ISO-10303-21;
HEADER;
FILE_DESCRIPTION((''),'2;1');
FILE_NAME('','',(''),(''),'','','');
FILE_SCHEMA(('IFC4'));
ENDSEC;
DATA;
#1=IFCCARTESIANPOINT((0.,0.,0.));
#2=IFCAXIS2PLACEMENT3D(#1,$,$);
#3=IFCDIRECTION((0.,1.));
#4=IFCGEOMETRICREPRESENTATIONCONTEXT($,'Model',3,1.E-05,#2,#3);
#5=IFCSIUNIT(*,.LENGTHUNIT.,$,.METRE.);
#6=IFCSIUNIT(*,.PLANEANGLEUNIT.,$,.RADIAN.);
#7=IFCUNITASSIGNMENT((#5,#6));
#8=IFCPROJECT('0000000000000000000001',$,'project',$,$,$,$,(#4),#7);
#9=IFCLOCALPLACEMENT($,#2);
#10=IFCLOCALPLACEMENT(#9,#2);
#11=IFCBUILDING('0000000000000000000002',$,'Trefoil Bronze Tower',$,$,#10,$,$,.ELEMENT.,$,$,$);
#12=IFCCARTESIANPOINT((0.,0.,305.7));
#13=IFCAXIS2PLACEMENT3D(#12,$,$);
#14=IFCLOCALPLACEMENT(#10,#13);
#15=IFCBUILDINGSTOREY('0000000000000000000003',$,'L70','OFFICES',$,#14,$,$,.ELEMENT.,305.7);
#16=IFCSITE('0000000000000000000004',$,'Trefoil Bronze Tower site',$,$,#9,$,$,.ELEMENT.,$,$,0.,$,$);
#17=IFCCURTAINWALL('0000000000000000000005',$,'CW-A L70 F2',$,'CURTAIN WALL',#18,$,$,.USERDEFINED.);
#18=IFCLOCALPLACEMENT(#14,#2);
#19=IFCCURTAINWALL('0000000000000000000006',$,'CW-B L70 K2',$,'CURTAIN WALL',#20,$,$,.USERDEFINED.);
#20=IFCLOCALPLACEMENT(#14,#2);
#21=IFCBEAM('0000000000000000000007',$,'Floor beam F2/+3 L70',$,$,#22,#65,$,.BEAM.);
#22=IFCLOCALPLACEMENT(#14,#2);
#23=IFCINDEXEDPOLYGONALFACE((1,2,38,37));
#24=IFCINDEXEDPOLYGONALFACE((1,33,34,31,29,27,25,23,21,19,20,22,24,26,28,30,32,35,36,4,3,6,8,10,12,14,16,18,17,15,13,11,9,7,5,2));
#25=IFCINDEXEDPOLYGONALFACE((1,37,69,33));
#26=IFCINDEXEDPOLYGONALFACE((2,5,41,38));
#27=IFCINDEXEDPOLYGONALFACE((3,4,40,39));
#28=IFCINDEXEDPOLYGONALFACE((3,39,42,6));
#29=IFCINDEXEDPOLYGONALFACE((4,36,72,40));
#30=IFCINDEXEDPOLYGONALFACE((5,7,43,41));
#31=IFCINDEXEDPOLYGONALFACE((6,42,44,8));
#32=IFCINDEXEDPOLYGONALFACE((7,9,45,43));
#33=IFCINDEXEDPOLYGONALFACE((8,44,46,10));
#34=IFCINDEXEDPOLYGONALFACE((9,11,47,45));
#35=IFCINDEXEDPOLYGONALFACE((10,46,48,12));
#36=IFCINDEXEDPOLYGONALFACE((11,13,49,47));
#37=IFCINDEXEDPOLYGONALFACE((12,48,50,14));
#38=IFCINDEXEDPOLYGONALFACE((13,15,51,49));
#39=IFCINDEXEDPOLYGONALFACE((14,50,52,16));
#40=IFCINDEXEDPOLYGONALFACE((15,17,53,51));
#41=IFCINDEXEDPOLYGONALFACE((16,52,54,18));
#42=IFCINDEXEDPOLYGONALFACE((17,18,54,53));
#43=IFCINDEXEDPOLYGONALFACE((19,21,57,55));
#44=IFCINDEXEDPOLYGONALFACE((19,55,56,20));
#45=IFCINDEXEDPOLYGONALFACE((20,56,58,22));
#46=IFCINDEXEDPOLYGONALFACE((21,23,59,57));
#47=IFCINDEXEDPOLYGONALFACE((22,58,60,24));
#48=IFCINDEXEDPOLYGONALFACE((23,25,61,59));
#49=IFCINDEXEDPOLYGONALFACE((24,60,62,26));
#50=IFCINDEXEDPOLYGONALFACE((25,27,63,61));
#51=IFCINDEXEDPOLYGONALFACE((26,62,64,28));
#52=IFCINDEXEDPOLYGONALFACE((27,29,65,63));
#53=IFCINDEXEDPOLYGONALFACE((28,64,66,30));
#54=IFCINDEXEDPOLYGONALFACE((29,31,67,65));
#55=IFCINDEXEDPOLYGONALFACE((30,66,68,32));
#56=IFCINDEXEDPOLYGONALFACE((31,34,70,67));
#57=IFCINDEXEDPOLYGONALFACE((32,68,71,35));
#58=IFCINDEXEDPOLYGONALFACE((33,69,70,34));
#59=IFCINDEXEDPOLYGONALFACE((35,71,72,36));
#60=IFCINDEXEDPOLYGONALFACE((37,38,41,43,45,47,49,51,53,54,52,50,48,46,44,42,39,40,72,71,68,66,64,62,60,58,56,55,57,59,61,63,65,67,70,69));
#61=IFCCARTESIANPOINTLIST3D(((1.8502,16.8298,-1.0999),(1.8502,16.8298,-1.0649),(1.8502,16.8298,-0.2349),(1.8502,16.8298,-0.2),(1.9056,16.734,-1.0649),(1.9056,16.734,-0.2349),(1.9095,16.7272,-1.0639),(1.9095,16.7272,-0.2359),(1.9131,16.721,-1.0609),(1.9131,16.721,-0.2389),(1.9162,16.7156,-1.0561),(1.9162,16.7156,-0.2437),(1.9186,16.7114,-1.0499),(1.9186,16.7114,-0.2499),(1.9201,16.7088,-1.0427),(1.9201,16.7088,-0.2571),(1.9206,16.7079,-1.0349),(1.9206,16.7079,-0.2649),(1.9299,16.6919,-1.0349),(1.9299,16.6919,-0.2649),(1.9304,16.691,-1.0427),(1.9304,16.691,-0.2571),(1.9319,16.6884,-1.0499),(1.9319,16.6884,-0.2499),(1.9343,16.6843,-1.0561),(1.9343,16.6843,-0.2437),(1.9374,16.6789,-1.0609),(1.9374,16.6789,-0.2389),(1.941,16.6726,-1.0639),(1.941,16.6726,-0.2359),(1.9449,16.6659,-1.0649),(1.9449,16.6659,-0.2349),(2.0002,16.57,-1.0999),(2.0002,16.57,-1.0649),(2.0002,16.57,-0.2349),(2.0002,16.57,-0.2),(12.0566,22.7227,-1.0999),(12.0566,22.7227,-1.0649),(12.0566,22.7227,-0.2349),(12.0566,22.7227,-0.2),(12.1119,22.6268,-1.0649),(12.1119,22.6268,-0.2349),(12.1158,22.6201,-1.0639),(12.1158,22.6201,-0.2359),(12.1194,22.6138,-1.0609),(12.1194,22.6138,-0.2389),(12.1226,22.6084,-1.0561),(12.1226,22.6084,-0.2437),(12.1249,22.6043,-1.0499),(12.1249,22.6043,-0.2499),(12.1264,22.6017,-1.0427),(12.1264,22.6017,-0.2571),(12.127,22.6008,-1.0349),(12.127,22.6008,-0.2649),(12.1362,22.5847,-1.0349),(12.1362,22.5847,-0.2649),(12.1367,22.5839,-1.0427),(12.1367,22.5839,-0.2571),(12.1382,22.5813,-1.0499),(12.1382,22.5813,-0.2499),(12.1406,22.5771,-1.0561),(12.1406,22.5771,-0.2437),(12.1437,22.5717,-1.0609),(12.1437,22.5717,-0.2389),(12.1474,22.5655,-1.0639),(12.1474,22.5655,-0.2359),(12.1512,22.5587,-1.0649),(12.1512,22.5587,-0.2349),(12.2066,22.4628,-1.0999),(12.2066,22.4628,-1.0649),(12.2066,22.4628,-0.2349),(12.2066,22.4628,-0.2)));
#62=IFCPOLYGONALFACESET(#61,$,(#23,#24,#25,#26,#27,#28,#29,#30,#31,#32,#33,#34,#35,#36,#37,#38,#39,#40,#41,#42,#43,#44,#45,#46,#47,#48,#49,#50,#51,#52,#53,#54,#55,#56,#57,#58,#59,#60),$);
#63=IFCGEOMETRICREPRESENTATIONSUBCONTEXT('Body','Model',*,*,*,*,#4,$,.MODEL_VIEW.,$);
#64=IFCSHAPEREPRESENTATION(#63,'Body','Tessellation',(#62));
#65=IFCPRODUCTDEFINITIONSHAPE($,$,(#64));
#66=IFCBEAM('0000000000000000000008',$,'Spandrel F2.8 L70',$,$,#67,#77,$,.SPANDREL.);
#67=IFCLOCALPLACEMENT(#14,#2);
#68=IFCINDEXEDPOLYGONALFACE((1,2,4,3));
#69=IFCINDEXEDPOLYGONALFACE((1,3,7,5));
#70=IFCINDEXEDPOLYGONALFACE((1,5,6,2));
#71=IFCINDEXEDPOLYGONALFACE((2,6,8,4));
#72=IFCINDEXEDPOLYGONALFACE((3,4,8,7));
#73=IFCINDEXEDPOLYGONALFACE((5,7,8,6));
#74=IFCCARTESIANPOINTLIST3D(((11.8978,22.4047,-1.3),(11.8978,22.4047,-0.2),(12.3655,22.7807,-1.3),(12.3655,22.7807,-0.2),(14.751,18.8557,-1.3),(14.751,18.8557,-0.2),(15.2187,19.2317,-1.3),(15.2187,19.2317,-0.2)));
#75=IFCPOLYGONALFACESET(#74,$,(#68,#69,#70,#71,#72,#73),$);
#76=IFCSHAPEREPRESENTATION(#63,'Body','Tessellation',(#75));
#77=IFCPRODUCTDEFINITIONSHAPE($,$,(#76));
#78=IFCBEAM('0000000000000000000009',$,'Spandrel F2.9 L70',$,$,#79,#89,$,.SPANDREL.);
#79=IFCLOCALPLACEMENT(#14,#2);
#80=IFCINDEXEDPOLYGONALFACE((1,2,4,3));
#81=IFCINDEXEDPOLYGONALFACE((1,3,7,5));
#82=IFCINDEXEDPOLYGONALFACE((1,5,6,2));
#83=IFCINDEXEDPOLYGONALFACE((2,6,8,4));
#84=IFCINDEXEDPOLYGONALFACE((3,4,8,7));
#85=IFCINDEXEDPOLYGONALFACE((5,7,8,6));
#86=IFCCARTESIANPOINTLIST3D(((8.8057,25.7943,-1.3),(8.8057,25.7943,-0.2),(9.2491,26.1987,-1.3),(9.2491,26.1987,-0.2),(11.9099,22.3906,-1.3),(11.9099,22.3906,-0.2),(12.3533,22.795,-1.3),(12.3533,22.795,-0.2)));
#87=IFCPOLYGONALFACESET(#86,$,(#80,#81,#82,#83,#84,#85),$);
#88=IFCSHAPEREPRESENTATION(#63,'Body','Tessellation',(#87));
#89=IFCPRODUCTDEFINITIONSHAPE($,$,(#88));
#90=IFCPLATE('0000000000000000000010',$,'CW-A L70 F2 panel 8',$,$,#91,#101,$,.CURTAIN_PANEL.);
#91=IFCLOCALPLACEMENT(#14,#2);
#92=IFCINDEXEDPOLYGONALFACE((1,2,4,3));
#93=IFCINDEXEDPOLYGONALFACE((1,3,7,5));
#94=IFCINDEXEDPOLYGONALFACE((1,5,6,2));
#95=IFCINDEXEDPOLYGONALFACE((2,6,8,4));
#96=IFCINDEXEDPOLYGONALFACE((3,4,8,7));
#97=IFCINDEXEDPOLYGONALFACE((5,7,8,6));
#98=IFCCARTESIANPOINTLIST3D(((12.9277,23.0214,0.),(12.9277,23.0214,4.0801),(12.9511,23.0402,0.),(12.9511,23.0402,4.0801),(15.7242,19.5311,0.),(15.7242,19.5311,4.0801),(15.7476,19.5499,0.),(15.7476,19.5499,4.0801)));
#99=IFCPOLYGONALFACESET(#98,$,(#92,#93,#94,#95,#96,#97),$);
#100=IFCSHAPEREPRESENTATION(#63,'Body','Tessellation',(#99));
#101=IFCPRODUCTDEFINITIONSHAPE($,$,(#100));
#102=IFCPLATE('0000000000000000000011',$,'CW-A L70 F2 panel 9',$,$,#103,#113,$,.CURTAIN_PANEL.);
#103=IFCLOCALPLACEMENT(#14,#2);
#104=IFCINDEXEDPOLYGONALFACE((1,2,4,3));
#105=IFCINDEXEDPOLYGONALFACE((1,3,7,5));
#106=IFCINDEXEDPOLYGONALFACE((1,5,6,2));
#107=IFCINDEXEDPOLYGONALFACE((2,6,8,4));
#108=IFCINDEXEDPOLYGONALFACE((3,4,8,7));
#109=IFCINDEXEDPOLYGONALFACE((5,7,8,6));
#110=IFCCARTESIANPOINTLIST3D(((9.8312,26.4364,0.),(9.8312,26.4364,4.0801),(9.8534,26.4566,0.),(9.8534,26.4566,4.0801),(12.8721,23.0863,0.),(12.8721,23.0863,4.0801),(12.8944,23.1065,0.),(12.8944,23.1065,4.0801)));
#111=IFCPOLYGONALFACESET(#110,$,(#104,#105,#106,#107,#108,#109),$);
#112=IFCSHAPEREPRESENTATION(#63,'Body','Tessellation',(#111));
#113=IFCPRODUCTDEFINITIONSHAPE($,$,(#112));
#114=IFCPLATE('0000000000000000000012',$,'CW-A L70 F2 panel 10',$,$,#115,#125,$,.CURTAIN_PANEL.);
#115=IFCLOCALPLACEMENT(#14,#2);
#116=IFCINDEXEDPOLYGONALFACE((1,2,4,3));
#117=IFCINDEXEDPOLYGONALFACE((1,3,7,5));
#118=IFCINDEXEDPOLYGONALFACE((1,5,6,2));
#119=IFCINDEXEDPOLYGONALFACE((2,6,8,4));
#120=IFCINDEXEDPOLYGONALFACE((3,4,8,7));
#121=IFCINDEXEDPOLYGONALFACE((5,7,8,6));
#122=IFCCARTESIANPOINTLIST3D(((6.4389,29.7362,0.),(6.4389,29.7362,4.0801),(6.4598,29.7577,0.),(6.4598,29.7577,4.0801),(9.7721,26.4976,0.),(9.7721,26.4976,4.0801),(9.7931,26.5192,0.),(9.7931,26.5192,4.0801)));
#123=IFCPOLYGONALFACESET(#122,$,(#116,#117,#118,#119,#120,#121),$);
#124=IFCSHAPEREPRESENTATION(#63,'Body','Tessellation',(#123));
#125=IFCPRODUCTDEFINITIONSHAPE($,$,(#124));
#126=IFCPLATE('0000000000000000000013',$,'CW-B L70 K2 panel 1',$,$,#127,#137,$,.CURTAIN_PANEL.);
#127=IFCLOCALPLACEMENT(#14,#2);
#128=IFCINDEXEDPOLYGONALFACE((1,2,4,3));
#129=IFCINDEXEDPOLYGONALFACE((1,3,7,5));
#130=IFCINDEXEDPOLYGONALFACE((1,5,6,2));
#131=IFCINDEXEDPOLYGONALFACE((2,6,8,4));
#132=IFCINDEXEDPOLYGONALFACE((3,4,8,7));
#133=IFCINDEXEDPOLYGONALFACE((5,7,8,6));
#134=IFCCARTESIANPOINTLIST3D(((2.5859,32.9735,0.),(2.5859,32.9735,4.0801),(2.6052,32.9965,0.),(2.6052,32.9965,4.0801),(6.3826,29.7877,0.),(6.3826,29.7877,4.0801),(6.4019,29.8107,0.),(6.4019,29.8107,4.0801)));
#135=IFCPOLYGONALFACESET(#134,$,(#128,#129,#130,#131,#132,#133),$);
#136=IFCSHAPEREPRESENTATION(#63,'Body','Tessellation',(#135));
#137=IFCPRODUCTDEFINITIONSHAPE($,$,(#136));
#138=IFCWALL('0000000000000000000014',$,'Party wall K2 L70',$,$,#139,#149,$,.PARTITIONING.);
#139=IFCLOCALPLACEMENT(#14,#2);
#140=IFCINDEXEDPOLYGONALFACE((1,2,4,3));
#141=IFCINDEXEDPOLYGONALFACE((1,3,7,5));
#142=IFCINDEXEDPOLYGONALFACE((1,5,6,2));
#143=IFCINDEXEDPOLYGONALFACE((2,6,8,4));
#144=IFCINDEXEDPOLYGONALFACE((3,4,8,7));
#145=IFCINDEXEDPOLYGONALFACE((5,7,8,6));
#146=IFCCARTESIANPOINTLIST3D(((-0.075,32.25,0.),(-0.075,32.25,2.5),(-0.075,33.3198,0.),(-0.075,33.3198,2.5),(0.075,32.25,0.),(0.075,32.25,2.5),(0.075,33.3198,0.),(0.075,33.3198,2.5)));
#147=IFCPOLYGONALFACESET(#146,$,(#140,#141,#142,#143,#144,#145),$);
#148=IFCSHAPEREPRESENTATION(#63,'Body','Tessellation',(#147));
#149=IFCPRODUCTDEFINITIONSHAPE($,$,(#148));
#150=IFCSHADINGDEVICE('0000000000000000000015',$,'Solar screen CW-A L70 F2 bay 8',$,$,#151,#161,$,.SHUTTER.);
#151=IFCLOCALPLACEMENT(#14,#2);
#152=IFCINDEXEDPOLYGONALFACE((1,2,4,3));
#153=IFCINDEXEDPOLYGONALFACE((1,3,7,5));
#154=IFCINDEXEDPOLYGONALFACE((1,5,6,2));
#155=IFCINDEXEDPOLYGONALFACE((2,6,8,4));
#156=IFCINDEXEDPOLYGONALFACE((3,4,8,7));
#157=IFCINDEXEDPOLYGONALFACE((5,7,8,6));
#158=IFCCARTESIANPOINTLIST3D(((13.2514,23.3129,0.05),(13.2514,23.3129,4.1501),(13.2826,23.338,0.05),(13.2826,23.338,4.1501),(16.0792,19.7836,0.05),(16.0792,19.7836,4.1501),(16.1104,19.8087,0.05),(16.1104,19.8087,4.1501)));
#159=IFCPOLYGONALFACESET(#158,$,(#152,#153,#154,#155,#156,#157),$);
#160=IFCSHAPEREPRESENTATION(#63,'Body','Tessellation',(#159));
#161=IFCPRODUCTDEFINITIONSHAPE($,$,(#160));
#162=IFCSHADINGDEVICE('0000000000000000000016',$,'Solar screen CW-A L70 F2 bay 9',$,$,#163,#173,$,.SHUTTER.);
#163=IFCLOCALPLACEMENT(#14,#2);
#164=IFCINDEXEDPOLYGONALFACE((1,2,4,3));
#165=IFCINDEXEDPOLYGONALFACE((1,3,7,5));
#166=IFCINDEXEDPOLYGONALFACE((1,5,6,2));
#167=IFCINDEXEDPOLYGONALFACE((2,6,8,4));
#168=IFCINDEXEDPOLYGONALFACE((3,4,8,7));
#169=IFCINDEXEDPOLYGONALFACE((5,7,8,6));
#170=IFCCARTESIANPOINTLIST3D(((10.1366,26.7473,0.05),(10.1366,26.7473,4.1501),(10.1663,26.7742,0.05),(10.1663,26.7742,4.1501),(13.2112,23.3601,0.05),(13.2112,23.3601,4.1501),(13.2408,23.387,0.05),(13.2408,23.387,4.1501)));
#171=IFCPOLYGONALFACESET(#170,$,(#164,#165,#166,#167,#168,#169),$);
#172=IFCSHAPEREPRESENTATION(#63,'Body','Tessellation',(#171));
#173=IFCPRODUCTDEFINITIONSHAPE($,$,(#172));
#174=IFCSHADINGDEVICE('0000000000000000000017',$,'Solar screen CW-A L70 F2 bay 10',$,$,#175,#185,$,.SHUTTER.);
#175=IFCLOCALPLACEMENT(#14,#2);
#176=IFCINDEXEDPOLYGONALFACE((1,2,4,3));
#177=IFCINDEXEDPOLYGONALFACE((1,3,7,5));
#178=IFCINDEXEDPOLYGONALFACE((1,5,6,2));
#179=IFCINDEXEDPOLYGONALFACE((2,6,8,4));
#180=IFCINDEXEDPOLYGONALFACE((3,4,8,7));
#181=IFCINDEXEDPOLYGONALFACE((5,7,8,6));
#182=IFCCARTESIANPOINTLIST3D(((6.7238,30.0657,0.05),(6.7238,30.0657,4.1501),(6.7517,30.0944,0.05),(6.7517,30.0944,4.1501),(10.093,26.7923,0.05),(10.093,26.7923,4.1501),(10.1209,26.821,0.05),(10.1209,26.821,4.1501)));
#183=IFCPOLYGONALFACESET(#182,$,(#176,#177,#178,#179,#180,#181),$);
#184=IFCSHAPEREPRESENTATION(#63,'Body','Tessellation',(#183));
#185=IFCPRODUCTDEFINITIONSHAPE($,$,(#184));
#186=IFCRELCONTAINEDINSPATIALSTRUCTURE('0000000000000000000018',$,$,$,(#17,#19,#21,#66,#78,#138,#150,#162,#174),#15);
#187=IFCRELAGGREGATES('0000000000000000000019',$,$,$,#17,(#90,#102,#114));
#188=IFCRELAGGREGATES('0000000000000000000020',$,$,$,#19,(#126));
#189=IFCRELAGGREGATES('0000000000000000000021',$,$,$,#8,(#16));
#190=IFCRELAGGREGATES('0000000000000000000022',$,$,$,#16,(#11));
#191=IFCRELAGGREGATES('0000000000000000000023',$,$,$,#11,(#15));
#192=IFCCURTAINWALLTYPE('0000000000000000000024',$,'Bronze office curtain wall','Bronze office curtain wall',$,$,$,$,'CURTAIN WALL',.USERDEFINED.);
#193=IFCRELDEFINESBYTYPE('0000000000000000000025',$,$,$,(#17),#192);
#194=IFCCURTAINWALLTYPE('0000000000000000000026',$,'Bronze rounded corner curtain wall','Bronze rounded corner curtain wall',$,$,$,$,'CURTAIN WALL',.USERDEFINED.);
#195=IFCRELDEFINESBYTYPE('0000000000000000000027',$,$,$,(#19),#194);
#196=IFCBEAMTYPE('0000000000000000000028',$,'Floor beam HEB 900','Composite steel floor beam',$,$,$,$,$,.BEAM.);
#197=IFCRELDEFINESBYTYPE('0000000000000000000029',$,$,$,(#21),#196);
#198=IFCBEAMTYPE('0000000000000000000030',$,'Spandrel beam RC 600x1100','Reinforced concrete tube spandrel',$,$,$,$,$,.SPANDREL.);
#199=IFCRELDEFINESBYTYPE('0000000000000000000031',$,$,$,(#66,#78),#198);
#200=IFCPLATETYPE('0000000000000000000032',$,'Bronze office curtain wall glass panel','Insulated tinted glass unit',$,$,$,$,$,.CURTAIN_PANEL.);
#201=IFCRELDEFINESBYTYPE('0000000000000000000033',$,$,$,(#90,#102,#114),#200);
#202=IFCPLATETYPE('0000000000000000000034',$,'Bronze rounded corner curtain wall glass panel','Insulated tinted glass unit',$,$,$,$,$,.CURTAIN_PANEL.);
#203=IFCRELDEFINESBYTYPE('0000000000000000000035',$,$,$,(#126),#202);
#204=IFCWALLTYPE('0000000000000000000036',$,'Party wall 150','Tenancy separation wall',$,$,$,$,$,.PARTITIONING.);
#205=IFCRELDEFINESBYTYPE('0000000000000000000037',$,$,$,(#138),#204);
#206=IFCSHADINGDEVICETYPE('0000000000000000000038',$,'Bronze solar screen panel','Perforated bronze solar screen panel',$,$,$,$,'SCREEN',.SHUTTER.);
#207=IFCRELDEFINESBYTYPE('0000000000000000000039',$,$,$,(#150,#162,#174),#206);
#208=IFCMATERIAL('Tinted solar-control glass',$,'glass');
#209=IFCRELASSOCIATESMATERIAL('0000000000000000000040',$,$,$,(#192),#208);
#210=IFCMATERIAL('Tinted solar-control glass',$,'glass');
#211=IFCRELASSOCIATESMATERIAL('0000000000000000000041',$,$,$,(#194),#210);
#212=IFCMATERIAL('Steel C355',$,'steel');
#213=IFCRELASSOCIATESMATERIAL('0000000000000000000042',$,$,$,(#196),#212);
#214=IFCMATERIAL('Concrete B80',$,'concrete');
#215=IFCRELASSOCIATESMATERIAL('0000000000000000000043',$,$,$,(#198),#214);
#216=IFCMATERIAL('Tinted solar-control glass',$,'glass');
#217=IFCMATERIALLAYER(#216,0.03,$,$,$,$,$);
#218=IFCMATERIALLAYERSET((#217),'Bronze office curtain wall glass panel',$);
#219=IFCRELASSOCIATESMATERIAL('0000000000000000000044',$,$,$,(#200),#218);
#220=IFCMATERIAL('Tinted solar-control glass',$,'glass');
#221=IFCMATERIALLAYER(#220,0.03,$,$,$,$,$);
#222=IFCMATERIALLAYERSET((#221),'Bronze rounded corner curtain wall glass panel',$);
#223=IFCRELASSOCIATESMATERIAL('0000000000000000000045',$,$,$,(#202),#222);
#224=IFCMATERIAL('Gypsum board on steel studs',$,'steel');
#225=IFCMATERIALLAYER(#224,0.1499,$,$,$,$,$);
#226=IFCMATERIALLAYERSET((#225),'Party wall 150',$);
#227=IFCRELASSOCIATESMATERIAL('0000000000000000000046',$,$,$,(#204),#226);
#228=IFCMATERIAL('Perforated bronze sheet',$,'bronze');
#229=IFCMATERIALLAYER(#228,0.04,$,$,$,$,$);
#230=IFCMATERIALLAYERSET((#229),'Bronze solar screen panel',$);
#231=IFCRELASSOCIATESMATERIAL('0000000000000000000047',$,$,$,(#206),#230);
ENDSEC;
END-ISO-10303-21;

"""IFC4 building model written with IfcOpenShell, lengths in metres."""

from ifc_helpers import new_model, si_unit, direction, frame, frame_2d, origin, origin_2d, place, context, subcontext, project, spatial, rectangle, i_section, extrude, material, layer, layer_set, material_profile, profile_set, type_object, element, aggregate, save


model = new_model("IFC4")

# Units and contexts
model_context = context("Model", 3, precision=1e-05, world=origin(), true_north=direction((0.0, 1.0)))
body_context = subcontext(model_context, "Body", "Model", "MODEL_VIEW")
ifc_project = project(units=[si_unit("LENGTHUNIT", "METRE"), si_unit("PLANEANGLEUNIT", "RADIAN")], contexts=[model_context])

# Site, building, storey
site_placement = place(None, origin())
site = spatial("IfcSite", under=ifc_project, at=site_placement, Name="Trefoil Bronze Tower site", CompositionType="ELEMENT", RefElevation=0.0)
building_placement = place(site_placement, origin())
building = spatial("IfcBuilding", under=site, at=building_placement, Name="Trefoil Bronze Tower", CompositionType="ELEMENT")
storey_placement = place(building_placement, frame((0.0, 0.0, 305.7)))
storey = spatial("IfcBuildingStorey", under=building, at=storey_placement, Name="L70", Description="OFFICES", CompositionType="ELEMENT", Elevation=305.7)

# Curtain walls
ifc_material_1 = material(Name="Tinted solar-control glass", Category="glass")
curtain_wall_type_1 = type_object("IfcCurtainWallType", Name="Bronze office curtain wall", Description="Bronze office curtain wall", ElementType="CURTAIN WALL", PredefinedType="USERDEFINED", material=ifc_material_1)
curtain_wall_1_placement = place(storey_placement, origin())
curtain_wall_1 = element("IfcCurtainWall", 1, at=curtain_wall_1_placement, inside=storey, type_object=curtain_wall_type_1, Name="CW-A L70 F2", ObjectType="CURTAIN WALL", PredefinedType="USERDEFINED")
ifc_material_2 = material(Name="Tinted solar-control glass", Category="glass")
curtain_wall_type_2 = type_object("IfcCurtainWallType", Name="Bronze rounded corner curtain wall", Description="Bronze rounded corner curtain wall", ElementType="CURTAIN WALL", PredefinedType="USERDEFINED", material=ifc_material_2)
curtain_wall_2_placement = place(storey_placement, origin())
curtain_wall_2 = element("IfcCurtainWall", 2, at=curtain_wall_2_placement, inside=storey, type_object=curtain_wall_type_2, Name="CW-B L70 K2", ObjectType="CURTAIN WALL", PredefinedType="USERDEFINED")

# Beams
ifc_material_3 = material(Name="Steel C355", Category="steel")
ifc_material_profile_1 = material_profile(ifc_material_3, i_section(OverallWidth=0.3, OverallDepth=0.8999, WebThickness=0.0186, FlangeThickness=0.0349, FilletRadius=0.03, at=origin_2d()), Name="HEB 900")
ifc_profile_set_1 = profile_set([ifc_material_profile_1], Name="Steel C355")
beam_type_1 = type_object("IfcBeamType", Name="Floor beam HEB 900", Description="Composite steel floor beam", PredefinedType="BEAM", material=ifc_profile_set_1)
beam_1_placement = place(storey_placement, frame((12.1316, 22.5928, -0.6499), z_axis=(-0.866018, -0.500014, 0.0), x_axis=(0.500014, -0.866018, 0.0)))
element("IfcBeam", 3, at=beam_1_placement, inside=storey, type_object=beam_type_1, Name="Floor beam F2/+3 L70", PredefinedType="BEAM", context=body_context, shape_type="SweptSolid", body=[
    extrude(i_section(OverallWidth=0.3, OverallDepth=0.8999, WebThickness=0.0186, FlangeThickness=0.0349, FilletRadius=0.03, at=origin_2d()), origin(), (0.0, 0.0, 1.0), 11.7854),
])
ifc_material_4 = material(Name="Concrete B80", Category="concrete")
ifc_material_profile_2 = material_profile(ifc_material_4, rectangle(XDim=0.6001, YDim=1.1001, at=origin_2d()), Name="RC 600x1100")
ifc_profile_set_2 = profile_set([ifc_material_profile_2], Name="Concrete B80")
beam_type_2 = type_object("IfcBeamType", Name="Spandrel beam RC 600x1100", Description="Reinforced concrete tube spandrel", PredefinedType="SPANDREL", material=ifc_profile_set_2)
beam_2_placement = place(storey_placement, frame((14.9849, 19.0437, -0.75), z_axis=(-0.62657, 0.779365, 0.0), x_axis=(-0.779365, -0.62657, 0.0)))
element("IfcBeam", 4, at=beam_2_placement, inside=storey, type_object=beam_type_2, Name="Spandrel F2.8 L70", PredefinedType="SPANDREL", context=body_context, shape_type="SweptSolid", body=[
    extrude(rectangle(XDim=0.6001, YDim=1.1001, at=origin_2d()), origin(), (0.0, 0.0, 1.0), 4.5537),
])
beam_3_placement = place(storey_placement, frame((12.1316, 22.5928, -0.75), z_axis=(-0.673846, 0.738872, 0.0), x_axis=(-0.738872, -0.673846, 0.0)))
element("IfcBeam", 5, at=beam_3_placement, inside=storey, type_object=beam_type_2, Name="Spandrel F2.9 L70", PredefinedType="SPANDREL", context=body_context, shape_type="SweptSolid", body=[
    extrude(rectangle(XDim=0.6001, YDim=1.1001, at=origin_2d()), origin(), (0.0, 0.0, 1.0), 4.6067),
])

# Plates
ifc_material_5 = material(Name="Tinted solar-control glass", Category="glass")
ifc_layer_1 = layer(ifc_material_5, 0.03)
ifc_layer_set_1 = layer_set([ifc_layer_1], Name="Bronze office curtain wall glass panel")
plate_type_1 = type_object("IfcPlateType", Name="Bronze office curtain wall glass panel", Description="Insulated tinted glass unit", PredefinedType="CURTAIN_PANEL", material=ifc_layer_set_1)
plate_1_placement = place(storey_placement, frame((14.3376, 21.2856, 0.0), z_axis=(0.0, 0.0, 1.0), x_axis=(-0.625287, 0.780395, 0.0)))
plate_1 = element("IfcPlate", 6, at=plate_1_placement, type_object=plate_type_1, Name="CW-A L70 F2 panel 8", PredefinedType="CURTAIN_PANEL", context=body_context, shape_type="SweptSolid", body=[
    extrude(rectangle(XDim=4.4724, YDim=0.03, at=origin_2d()), origin(), (0.0, 0.0, 1.0), 4.0801),
])
plate_2_placement = place(storey_placement, frame((11.3628, 24.7715, 0.0), z_axis=(0.0, 0.0, 1.0), x_axis=(-0.672115, 0.740447, 0.0)))
plate_2 = element("IfcPlate", 7, at=plate_2_placement, type_object=plate_type_1, Name="CW-A L70 F2 panel 9", PredefinedType="CURTAIN_PANEL", context=body_context, shape_type="SweptSolid", body=[
    extrude(rectangle(XDim=4.5244, YDim=0.03, at=origin_2d()), origin(), (0.0, 0.0, 1.0), 4.0801),
])
plate_3_placement = place(storey_placement, frame((8.116, 28.1277, 0.0), z_axis=(0.0, 0.0, 1.0), x_axis=(-0.717218, 0.696849, 0.0)))
plate_3 = element("IfcPlate", 8, at=plate_3_placement, type_object=plate_type_1, Name="CW-A L70 F2 panel 10", PredefinedType="CURTAIN_PANEL", context=body_context, shape_type="SweptSolid", body=[
    extrude(rectangle(XDim=4.6475, YDim=0.03, at=origin_2d()), origin(), (0.0, 0.0, 1.0), 4.0801),
])
aggregate(curtain_wall_1, [plate_1, plate_2, plate_3])
ifc_material_6 = material(Name="Tinted solar-control glass", Category="glass")
ifc_layer_2 = layer(ifc_material_6, 0.03)
ifc_layer_set_2 = layer_set([ifc_layer_2], Name="Bronze rounded corner curtain wall glass panel")
plate_type_2 = type_object("IfcPlateType", Name="Bronze rounded corner curtain wall glass panel", Description="Insulated tinted glass unit", PredefinedType="CURTAIN_PANEL", material=ifc_layer_set_2)
plate_4_placement = place(storey_placement, frame((4.4939, 31.3921, 0.0), z_axis=(0.0, 0.0, 1.0), x_axis=(-0.766044, 0.642788, 0.0)))
plate_4 = element("IfcPlate", 9, at=plate_4_placement, type_object=plate_type_2, Name="CW-B L70 K2 panel 1", PredefinedType="CURTAIN_PANEL", context=body_context, shape_type="SweptSolid", body=[
    extrude(rectangle(XDim=4.9563, YDim=0.03, at=origin_2d()), origin(), (0.0, 0.0, 1.0), 4.0801),
])
aggregate(curtain_wall_2, [plate_4])

# Wall
ifc_material_7 = material(Name="Gypsum board on steel studs", Category="steel")
ifc_layer_3 = layer(ifc_material_7, 0.1499)
ifc_layer_set_3 = layer_set([ifc_layer_3], Name="Party wall 150")
wall_type = type_object("IfcWallType", Name="Party wall 150", Description="Tenancy separation wall", PredefinedType="PARTITIONING", material=ifc_layer_set_3)
wall_placement = place(storey_placement, frame((0.0, 32.25, 0.0), z_axis=(0.0, 0.0, 1.0), x_axis=(0.0, 1.0, 0.0)))
element("IfcWall", 10, at=wall_placement, inside=storey, type_object=wall_type, Name="Party wall K2 L70", PredefinedType="PARTITIONING", context=body_context, shape_type="SweptSolid", body=[
    extrude(rectangle(XDim=1.0698, YDim=0.1499, at=frame_2d((0.5349, 0.0))), origin(), (0.0, 0.0, 1.0), 2.5),
])

# Shading devices
ifc_material_8 = material(Name="Perforated bronze sheet", Category="bronze")
ifc_layer_4 = layer(ifc_material_8, 0.04)
ifc_layer_set_4 = layer_set([ifc_layer_4], Name="Bronze solar screen panel")
shading_device_type = type_object("IfcShadingDeviceType", Name="Bronze solar screen panel", Description="Perforated bronze solar screen panel", ElementType="SCREEN", PredefinedType="SHUTTER", material=ifc_layer_set_4)
shading_device_1_placement = place(storey_placement, frame((14.6809, 21.5608, 0.05), z_axis=(0.0, 0.0, 1.0), x_axis=(-0.625287, 0.780395, 0.0)))
element("IfcShadingDevice", 11, at=shading_device_1_placement, inside=storey, type_object=shading_device_type, Name="Solar screen CW-A L70 F2 bay 8", PredefinedType="SHUTTER", context=body_context, shape_type="SweptSolid", body=[
    extrude(rectangle(XDim=4.5225, YDim=0.04, at=origin_2d()), origin(), (0.0, 0.0, 1.0), 4.1001),
])
shading_device_2_placement = place(storey_placement, frame((11.6887, 25.0671, 0.05), z_axis=(0.0, 0.0, 1.0), x_axis=(-0.672115, 0.740447, 0.0)))
element("IfcShadingDevice", 12, at=shading_device_2_placement, inside=storey, type_object=shading_device_type, Name="Solar screen CW-A L70 F2 bay 9", PredefinedType="SHUTTER", context=body_context, shape_type="SweptSolid", body=[
    extrude(rectangle(XDim=4.5745, YDim=0.04, at=origin_2d()), origin(), (0.0, 0.0, 1.0), 4.1001),
])
shading_device_3_placement = place(storey_placement, frame((8.4224, 28.4434, 0.05), z_axis=(0.0, 0.0, 1.0), x_axis=(-0.717218, 0.696849, 0.0)))
element("IfcShadingDevice", 13, at=shading_device_3_placement, inside=storey, type_object=shading_device_type, Name="Solar screen CW-A L70 F2 bay 10", PredefinedType="SHUTTER", context=body_context, shape_type="SweptSolid", body=[
    extrude(rectangle(XDim=4.6975, YDim=0.04, at=origin_2d()), origin(), (0.0, 0.0, 1.0), 4.1001),
])

save(model, "model.ifc")
